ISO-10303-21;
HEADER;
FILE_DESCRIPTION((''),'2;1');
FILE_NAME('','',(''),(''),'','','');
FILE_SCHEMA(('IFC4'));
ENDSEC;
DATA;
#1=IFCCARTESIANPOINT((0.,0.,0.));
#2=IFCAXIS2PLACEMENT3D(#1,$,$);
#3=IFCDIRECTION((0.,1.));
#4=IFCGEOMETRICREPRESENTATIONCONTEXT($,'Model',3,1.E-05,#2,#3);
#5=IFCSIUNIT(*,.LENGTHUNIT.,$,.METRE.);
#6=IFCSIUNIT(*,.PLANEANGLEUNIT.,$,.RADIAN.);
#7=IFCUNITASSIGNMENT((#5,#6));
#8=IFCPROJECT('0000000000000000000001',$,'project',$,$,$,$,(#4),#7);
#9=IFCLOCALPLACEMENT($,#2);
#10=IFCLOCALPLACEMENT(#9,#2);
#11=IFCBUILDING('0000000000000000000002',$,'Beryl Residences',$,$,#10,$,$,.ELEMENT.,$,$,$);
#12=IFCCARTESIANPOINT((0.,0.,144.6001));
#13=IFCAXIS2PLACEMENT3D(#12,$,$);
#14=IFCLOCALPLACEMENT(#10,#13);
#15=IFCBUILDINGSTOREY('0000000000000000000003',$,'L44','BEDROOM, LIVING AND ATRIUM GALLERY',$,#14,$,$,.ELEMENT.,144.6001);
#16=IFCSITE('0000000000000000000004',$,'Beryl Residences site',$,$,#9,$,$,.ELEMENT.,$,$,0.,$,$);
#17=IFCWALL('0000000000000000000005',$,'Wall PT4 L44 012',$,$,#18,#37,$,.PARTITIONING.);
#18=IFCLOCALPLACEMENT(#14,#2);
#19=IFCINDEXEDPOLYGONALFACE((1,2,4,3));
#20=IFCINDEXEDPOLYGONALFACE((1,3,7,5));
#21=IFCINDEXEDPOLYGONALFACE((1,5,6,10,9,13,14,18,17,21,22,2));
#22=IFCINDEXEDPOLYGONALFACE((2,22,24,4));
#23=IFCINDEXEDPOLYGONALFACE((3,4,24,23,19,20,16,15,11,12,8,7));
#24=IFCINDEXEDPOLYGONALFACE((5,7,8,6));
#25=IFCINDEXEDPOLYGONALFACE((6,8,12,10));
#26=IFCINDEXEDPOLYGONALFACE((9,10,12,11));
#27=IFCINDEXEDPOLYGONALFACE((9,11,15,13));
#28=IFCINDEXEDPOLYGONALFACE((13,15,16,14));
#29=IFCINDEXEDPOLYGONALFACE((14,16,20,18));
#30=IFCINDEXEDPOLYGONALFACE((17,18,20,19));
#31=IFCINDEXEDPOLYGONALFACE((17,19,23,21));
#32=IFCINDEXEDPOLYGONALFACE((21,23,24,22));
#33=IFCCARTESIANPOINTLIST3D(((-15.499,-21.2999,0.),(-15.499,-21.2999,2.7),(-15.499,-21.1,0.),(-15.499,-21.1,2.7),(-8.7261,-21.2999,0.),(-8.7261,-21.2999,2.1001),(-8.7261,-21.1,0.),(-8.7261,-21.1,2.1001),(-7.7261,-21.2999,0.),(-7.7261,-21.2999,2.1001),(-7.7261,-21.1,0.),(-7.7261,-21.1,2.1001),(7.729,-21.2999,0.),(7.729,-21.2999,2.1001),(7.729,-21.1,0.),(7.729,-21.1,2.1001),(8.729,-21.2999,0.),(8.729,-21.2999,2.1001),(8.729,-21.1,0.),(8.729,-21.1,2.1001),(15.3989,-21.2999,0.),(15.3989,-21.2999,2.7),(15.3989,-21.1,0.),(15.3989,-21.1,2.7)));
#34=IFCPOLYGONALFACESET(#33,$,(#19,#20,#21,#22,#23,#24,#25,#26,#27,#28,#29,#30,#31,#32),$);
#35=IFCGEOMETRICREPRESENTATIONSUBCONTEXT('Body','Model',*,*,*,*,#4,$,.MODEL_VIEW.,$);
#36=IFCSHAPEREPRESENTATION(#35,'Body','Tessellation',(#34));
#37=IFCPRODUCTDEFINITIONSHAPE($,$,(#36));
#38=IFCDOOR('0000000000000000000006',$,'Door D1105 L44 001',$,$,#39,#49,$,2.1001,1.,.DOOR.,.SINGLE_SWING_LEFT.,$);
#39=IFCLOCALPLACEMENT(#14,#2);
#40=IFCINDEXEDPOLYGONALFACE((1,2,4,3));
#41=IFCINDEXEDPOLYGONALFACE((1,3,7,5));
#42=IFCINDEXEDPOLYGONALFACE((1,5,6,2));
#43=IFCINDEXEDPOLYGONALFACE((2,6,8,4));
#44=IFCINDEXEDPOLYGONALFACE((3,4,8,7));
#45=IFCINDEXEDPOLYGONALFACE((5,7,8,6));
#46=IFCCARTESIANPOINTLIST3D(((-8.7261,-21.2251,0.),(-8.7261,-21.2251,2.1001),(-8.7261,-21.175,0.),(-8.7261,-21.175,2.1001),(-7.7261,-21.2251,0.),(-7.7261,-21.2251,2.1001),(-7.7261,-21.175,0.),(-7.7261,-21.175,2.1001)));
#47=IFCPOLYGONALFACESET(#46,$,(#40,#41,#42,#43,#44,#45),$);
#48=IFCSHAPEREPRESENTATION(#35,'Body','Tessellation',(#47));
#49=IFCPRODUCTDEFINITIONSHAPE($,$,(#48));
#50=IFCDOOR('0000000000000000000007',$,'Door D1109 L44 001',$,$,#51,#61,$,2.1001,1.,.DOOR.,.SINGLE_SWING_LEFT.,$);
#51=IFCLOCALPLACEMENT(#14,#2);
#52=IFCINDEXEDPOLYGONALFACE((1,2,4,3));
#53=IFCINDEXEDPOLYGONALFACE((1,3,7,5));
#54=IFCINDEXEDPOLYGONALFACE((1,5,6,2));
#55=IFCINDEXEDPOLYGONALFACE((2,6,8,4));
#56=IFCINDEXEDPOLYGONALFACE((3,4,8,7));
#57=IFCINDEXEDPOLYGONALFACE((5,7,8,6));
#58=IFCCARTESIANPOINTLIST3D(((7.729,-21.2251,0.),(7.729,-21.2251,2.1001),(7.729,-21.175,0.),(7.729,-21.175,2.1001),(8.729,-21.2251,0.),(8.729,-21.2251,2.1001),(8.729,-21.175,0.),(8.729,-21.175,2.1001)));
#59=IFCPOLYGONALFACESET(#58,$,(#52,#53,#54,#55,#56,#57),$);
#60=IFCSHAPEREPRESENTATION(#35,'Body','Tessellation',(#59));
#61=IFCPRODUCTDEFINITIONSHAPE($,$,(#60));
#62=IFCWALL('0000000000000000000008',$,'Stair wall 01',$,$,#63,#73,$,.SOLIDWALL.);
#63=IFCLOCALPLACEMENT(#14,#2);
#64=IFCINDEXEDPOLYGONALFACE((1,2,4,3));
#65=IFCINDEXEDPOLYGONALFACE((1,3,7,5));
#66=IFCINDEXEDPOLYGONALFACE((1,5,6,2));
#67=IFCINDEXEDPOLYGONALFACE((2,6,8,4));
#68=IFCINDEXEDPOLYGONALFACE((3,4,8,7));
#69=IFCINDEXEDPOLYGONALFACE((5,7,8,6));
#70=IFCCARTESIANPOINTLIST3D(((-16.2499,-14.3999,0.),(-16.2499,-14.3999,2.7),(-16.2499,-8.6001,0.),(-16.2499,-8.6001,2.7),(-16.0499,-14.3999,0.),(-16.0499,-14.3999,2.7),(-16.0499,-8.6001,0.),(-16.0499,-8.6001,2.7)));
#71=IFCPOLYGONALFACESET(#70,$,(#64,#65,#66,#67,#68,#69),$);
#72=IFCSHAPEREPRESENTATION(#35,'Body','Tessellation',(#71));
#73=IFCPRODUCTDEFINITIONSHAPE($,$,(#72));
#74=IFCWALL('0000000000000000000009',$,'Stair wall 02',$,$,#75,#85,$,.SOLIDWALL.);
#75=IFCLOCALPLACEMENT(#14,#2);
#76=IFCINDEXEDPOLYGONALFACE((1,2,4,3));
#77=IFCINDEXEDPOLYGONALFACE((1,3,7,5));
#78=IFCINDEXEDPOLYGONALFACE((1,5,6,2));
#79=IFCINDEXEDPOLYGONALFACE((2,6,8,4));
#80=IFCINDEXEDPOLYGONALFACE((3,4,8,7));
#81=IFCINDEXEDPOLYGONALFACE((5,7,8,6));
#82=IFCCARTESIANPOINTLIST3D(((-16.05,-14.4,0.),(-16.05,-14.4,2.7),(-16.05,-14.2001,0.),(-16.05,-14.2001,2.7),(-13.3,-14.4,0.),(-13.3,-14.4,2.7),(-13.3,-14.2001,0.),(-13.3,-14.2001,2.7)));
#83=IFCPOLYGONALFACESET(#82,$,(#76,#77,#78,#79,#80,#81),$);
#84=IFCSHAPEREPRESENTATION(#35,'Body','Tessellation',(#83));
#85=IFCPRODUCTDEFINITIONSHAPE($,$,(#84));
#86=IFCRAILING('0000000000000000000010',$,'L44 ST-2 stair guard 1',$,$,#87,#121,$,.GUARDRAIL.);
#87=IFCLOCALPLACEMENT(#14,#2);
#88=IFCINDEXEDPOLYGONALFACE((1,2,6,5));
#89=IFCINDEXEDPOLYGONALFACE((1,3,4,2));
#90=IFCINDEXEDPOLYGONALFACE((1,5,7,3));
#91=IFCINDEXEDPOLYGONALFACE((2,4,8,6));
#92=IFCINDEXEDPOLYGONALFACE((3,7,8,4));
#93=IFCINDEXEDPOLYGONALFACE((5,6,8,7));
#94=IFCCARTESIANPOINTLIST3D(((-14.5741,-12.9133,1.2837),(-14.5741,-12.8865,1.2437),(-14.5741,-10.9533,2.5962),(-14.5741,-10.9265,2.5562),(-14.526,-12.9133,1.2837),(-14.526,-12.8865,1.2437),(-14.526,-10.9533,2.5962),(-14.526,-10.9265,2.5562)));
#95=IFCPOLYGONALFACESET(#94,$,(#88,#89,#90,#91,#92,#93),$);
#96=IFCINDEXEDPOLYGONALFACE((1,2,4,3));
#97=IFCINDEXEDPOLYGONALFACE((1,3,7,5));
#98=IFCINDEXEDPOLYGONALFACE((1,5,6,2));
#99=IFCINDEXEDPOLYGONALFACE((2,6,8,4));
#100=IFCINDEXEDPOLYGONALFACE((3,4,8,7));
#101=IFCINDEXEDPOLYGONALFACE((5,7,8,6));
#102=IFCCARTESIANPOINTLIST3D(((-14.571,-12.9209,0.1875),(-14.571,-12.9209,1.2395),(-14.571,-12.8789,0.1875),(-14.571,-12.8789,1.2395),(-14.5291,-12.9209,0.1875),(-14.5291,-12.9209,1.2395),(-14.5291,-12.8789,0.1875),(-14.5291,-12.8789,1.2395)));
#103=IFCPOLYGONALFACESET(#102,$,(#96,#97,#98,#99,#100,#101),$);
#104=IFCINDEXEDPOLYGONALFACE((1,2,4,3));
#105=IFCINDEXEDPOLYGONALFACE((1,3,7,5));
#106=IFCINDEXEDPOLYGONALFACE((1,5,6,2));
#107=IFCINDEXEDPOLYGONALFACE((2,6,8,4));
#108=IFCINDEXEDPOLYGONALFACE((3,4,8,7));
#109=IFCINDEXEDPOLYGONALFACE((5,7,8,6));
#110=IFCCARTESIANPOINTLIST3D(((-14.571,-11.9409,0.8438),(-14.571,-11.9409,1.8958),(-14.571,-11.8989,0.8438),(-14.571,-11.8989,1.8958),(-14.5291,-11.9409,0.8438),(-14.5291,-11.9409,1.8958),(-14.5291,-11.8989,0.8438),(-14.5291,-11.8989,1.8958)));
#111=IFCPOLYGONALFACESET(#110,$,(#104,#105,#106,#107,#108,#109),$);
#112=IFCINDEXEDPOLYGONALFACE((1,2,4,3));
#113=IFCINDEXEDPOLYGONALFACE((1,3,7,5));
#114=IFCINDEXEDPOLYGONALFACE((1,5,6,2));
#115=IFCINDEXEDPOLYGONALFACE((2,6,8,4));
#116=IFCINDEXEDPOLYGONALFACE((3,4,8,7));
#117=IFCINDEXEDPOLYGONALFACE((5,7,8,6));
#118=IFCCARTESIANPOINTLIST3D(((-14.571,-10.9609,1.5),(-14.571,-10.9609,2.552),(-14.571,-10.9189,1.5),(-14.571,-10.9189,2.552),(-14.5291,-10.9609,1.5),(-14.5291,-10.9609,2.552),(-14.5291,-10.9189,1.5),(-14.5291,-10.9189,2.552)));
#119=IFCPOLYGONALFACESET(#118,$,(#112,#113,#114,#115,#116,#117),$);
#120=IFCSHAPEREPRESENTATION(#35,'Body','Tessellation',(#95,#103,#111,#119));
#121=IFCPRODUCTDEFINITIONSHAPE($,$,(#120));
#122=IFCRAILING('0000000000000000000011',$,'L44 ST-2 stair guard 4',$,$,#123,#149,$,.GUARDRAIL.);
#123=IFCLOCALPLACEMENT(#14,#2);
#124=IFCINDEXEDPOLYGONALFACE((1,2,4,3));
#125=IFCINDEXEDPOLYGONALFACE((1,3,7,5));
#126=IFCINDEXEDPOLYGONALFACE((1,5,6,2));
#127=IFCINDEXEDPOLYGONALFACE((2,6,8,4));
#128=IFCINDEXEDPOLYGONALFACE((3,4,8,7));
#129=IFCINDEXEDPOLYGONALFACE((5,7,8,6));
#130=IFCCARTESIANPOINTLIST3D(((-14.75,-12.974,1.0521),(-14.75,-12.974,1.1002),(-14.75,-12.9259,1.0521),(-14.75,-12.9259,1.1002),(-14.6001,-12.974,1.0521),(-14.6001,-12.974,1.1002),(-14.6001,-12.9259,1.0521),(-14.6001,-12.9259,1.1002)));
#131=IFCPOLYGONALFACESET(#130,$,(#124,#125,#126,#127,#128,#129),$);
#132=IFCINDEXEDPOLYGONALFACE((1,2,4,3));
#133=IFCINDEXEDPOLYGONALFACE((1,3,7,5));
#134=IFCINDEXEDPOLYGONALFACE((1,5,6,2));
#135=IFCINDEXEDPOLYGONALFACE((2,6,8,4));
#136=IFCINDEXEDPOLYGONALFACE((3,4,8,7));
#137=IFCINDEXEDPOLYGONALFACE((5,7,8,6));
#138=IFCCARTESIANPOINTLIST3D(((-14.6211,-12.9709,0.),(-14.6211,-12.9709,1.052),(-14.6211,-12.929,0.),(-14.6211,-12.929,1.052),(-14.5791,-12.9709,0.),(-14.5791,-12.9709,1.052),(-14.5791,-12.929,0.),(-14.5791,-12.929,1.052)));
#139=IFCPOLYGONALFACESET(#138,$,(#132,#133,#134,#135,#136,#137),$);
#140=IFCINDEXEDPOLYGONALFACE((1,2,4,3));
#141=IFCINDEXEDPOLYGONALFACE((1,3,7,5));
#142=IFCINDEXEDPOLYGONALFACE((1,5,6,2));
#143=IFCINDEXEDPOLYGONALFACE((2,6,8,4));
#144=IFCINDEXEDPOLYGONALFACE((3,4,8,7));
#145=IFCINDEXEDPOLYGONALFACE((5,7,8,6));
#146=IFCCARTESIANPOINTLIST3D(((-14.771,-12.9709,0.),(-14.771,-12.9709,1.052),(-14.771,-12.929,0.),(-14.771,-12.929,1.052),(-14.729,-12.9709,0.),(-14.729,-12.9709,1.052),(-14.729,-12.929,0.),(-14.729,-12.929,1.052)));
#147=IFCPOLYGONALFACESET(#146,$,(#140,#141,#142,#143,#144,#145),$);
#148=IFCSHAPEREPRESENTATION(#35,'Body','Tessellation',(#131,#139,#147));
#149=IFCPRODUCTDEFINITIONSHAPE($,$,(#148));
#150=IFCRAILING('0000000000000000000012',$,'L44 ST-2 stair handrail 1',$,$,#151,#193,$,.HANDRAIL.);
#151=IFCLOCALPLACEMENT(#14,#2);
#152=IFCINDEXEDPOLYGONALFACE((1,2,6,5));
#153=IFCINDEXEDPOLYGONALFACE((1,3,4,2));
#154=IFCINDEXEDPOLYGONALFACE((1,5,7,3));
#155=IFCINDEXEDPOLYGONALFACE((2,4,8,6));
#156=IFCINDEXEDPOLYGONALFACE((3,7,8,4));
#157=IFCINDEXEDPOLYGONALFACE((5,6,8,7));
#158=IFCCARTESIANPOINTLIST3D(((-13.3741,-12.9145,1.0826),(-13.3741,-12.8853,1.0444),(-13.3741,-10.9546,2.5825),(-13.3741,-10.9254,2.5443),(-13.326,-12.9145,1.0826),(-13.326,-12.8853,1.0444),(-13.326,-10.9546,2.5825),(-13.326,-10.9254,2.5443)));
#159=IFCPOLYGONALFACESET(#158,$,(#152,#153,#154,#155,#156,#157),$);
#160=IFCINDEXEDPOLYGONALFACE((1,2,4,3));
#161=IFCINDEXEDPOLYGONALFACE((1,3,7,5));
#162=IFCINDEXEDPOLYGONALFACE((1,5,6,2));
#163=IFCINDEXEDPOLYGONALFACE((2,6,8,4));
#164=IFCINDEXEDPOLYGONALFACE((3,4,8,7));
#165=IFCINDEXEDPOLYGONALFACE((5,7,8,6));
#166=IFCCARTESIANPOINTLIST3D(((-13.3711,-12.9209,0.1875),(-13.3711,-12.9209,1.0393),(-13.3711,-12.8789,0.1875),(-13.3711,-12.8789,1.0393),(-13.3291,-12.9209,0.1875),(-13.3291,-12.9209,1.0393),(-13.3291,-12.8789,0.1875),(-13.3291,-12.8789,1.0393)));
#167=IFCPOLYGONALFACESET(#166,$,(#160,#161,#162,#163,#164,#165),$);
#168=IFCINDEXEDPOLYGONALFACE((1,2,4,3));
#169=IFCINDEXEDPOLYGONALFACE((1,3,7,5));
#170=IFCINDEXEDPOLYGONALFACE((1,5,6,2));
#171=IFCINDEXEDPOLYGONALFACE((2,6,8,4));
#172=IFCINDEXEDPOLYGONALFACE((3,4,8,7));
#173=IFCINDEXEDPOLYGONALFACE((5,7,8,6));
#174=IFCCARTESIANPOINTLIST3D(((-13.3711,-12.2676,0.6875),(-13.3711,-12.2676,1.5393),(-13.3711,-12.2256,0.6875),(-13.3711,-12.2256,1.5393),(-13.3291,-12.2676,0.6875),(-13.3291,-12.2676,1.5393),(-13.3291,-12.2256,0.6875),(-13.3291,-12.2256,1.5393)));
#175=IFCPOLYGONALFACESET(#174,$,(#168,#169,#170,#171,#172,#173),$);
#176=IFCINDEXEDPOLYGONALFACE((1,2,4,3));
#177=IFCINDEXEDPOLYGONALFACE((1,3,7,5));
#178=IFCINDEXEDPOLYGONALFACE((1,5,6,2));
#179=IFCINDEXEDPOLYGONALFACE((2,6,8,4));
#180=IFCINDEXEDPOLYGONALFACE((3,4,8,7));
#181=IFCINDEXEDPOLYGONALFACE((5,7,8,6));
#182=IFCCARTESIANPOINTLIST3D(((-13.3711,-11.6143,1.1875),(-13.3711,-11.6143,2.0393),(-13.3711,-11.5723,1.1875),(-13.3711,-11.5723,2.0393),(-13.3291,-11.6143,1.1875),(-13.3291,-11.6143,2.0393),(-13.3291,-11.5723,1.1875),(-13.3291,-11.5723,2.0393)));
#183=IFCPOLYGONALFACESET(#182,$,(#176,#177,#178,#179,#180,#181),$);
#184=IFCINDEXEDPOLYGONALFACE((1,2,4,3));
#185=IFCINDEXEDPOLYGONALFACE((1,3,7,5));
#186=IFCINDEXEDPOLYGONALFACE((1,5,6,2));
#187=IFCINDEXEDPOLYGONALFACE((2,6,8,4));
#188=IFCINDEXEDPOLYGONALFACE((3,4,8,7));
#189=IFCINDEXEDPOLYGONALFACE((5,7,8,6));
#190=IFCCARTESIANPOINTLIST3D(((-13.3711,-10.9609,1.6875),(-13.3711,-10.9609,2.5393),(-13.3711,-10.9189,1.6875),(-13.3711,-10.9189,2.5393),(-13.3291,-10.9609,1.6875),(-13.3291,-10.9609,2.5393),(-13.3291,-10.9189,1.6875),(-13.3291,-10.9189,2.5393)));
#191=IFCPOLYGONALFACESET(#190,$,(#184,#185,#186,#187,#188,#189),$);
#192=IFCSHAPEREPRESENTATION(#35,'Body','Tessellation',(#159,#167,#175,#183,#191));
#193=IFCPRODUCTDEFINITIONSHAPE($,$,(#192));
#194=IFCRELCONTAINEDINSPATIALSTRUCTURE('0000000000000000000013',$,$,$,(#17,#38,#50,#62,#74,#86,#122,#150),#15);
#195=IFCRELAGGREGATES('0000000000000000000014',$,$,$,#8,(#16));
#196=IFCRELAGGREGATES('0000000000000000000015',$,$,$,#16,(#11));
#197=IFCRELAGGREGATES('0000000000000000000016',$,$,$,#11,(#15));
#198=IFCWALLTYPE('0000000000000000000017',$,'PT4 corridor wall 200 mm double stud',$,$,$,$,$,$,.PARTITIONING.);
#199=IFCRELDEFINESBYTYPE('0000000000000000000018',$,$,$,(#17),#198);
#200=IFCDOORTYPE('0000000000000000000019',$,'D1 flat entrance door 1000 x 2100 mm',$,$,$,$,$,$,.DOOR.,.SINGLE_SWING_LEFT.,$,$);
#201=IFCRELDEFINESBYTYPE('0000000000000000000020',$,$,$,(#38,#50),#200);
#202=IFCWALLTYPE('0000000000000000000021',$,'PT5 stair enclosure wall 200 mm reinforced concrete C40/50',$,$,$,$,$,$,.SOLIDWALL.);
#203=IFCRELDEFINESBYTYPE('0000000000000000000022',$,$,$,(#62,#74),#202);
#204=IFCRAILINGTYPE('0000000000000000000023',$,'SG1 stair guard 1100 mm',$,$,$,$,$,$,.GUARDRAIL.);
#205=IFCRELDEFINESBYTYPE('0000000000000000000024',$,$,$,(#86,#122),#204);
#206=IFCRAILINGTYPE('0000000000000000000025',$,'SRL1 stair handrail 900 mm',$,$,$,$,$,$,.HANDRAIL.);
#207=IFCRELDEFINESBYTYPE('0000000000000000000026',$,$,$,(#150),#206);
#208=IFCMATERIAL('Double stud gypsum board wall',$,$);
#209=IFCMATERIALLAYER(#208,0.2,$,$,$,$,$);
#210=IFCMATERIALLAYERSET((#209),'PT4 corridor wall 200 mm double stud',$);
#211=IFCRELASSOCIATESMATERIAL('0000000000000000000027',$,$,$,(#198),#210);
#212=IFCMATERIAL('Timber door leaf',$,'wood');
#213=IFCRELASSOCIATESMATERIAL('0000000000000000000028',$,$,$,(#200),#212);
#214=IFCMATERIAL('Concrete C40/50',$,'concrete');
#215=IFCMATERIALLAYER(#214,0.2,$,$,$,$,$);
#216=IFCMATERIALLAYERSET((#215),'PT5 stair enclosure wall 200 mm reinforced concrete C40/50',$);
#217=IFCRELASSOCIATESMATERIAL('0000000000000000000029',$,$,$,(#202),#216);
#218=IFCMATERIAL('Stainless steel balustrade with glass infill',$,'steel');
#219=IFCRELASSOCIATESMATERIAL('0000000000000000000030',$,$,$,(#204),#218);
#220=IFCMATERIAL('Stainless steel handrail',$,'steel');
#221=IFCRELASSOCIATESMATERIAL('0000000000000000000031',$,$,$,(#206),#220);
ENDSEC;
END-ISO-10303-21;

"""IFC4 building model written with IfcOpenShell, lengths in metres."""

from ifc_helpers import new_model, si_unit, direction, frame, frame_2d, origin, origin_2d, place, context, subcontext, project, spatial, rectangle, extrude, material, layer, layer_set, type_object, element, fill, save


model = new_model("IFC4")

# Units and contexts
model_context = context("Model", 3, precision=1e-05, world=origin(), true_north=direction((0.0, 1.0)))
body_context = subcontext(model_context, "Body", "Model", "MODEL_VIEW")
ifc_project = project(units=[si_unit("LENGTHUNIT", "METRE"), si_unit("PLANEANGLEUNIT", "RADIAN")], contexts=[model_context])

# Site, building, storey
site_placement = place(None, origin())
site = spatial("IfcSite", under=ifc_project, at=site_placement, Name="Beryl Residences site", CompositionType="ELEMENT", RefElevation=0.0)
building_placement = place(site_placement, origin())
building = spatial("IfcBuilding", under=site, at=building_placement, Name="Beryl Residences", CompositionType="ELEMENT")
storey_placement = place(building_placement, frame((0.0, 0.0, 144.6001)))
storey = spatial("IfcBuildingStorey", under=building, at=storey_placement, Name="L44", Description="BEDROOM, LIVING AND ATRIUM GALLERY", CompositionType="ELEMENT", Elevation=144.6001)

# Shared definitions
ifc_material_1 = material(Name="Double stud gypsum board wall")
ifc_layer_1 = layer(ifc_material_1, 0.2)
ifc_layer_set_1 = layer_set([ifc_layer_1], Name="PT4 corridor wall 200 mm double stud")
wall_type_1 = type_object("IfcWallType", Name="PT4 corridor wall 200 mm double stud", PredefinedType="PARTITIONING", material=ifc_layer_set_1)

# Wall, openings, doors
wall_1_placement = place(storey_placement, frame((-15.499, -21.2, 0.0), z_axis=(0.0, 0.0, 1.0), x_axis=(1.0, 0.0, 0.0)))
wall_1 = element("IfcWall", 1, at=wall_1_placement, inside=storey, type_object=wall_type_1, Name="Wall PT4 L44 012", PredefinedType="PARTITIONING", context=body_context, shape_type="SweptSolid", body=[
    extrude(rectangle(XDim=30.8979, YDim=0.2, at=frame_2d((15.449, 0.0))), origin(), (0.0, 0.0, 1.0), 2.7),
])
opening_1_placement = place(wall_1_placement, frame((6.7729, 0.0, 0.0)))
opening_1 = element("IfcOpeningElement", 2, at=opening_1_placement, cuts=wall_1, PredefinedType="OPENING", context=body_context, shape_type="SweptSolid", body=[
    extrude(rectangle(XDim=1.0, YDim=2.1001, at=frame_2d((0.5, 1.05))), frame((0.0, 0.1099, 0.0), z_axis=(0.0, -1.0, 0.0), x_axis=(1.0, 0.0, 0.0)), (0.0, 0.0, 1.0), 0.22),
])
opening_2_placement = place(wall_1_placement, frame((23.228, 0.0, 0.0)))
opening_2 = element("IfcOpeningElement", 3, at=opening_2_placement, cuts=wall_1, PredefinedType="OPENING", context=body_context, shape_type="SweptSolid", body=[
    extrude(rectangle(XDim=1.0, YDim=2.1001, at=frame_2d((0.5, 1.05))), frame((0.0, 0.1099, 0.0), z_axis=(0.0, -1.0, 0.0), x_axis=(1.0, 0.0, 0.0)), (0.0, 0.0, 1.0), 0.22),
])
ifc_material_2 = material(Name="Timber door leaf", Category="wood")
door_type = type_object("IfcDoorType", Name="D1 flat entrance door 1000 x 2100 mm", OperationType="SINGLE_SWING_LEFT", PredefinedType="DOOR", material=ifc_material_2)
door_1_placement = place(opening_1_placement, origin())
door_1 = element("IfcDoor", 4, at=door_1_placement, inside=storey, type_object=door_type, Name="Door D1105 L44 001", OperationType="SINGLE_SWING_LEFT", OverallHeight=2.1001, OverallWidth=1.0, PredefinedType="DOOR", context=body_context, shape_type="SweptSolid", body=[
    extrude(rectangle(XDim=1.0, YDim=2.1001, at=frame_2d((0.5, 1.05))), frame((0.0, 0.0249, 0.0), z_axis=(0.0, -1.0, 0.0), x_axis=(1.0, 0.0, 0.0)), (0.0, 0.0, 1.0), 0.05),
])
fill(opening_1, door_1)
door_2_placement = place(opening_2_placement, origin())
door_2 = element("IfcDoor", 5, at=door_2_placement, inside=storey, type_object=door_type, Name="Door D1109 L44 001", OperationType="SINGLE_SWING_LEFT", OverallHeight=2.1001, OverallWidth=1.0, PredefinedType="DOOR", context=body_context, shape_type="SweptSolid", body=[
    extrude(rectangle(XDim=1.0, YDim=2.1001, at=frame_2d((0.5, 1.05))), frame((0.0, 0.0249, 0.0), z_axis=(0.0, -1.0, 0.0), x_axis=(1.0, 0.0, 0.0)), (0.0, 0.0, 1.0), 0.05),
])
fill(opening_2, door_2)

# Walls
ifc_material_3 = material(Name="Concrete C40/50", Category="concrete")
ifc_layer_2 = layer(ifc_material_3, 0.2)
ifc_layer_set_2 = layer_set([ifc_layer_2], Name="PT5 stair enclosure wall 200 mm reinforced concrete C40/50")
wall_type_2 = type_object("IfcWallType", Name="PT5 stair enclosure wall 200 mm reinforced concrete C40/50", PredefinedType="SOLIDWALL", material=ifc_layer_set_2)
wall_2_placement = place(storey_placement, frame((-16.1499, -14.3999, 0.0), z_axis=(0.0, 0.0, 1.0), x_axis=(0.0, 1.0, 0.0)))
element("IfcWall", 6, at=wall_2_placement, inside=storey, type_object=wall_type_2, Name="Stair wall 01", PredefinedType="SOLIDWALL", context=body_context, shape_type="SweptSolid", body=[
    extrude(rectangle(XDim=5.7998, YDim=0.2, at=frame_2d((2.8999, 0.0))), origin(), (0.0, 0.0, 1.0), 2.7),
])
wall_3_placement = place(storey_placement, frame((-16.05, -14.3, 0.0), z_axis=(0.0, 0.0, 1.0), x_axis=(1.0, 0.0, 0.0)))
element("IfcWall", 7, at=wall_3_placement, inside=storey, type_object=wall_type_2, Name="Stair wall 02", PredefinedType="SOLIDWALL", context=body_context, shape_type="SweptSolid", body=[
    extrude(rectangle(XDim=2.75, YDim=0.2, at=frame_2d((1.375, 0.0))), origin(), (0.0, 0.0, 1.0), 2.7),
])

# Railings
ifc_material_4 = material(Name="Stainless steel balustrade with glass infill", Category="steel")
railing_type_1 = type_object("IfcRailingType", Name="SG1 stair guard 1100 mm", PredefinedType="GUARDRAIL", material=ifc_material_4)
railing_1_placement = place(storey_placement, frame((-14.55, -12.8999, 0.1875)))
element("IfcRailing", 8, at=railing_1_placement, inside=storey, type_object=railing_type_1, Name="L44 ST-2 stair guard 1", PredefinedType="GUARDRAIL", context=body_context, shape_type="SweptSolid", body=[
    extrude(rectangle(XDim=0.0481, YDim=0.0481, at=origin_2d()), frame((0.0, 0.0, 1.0762), z_axis=(0.0, 0.830902, 0.556419), x_axis=(-1.0, 0.0, 0.0)), (0.0, 0.0, 1.0), 2.3589),
    extrude(rectangle(XDim=0.042, YDim=0.042, at=origin_2d()), origin(), (0.0, 0.0, 1.0), 1.052),
    extrude(rectangle(XDim=0.042, YDim=0.042, at=origin_2d()), frame((0.0, 0.98, 0.6562)), (0.0, 0.0, 1.0), 1.052),
    extrude(rectangle(XDim=0.042, YDim=0.042, at=origin_2d()), frame((0.0, 1.96, 1.3125)), (0.0, 0.0, 1.0), 1.052),
])
railing_2_placement = place(storey_placement, frame((-14.6001, -12.95, 0.0)))
element("IfcRailing", 9, at=railing_2_placement, inside=storey, type_object=railing_type_1, Name="L44 ST-2 stair guard 4", PredefinedType="GUARDRAIL", context=body_context, shape_type="SweptSolid", body=[
    extrude(rectangle(XDim=0.0481, YDim=0.0481, at=origin_2d()), frame((0.0, 0.0, 1.0762), z_axis=(-1.0, 0.0, 0.0), x_axis=(0.0, -1.0, 0.0)), (0.0, 0.0, 1.0), 0.1499),
    extrude(rectangle(XDim=0.042, YDim=0.042, at=origin_2d()), origin(), (0.0, 0.0, 1.0), 1.052),
    extrude(rectangle(XDim=0.042, YDim=0.042, at=origin_2d()), frame((-0.1499, 0.0, 0.0)), (0.0, 0.0, 1.0), 1.052),
])
ifc_material_5 = material(Name="Stainless steel handrail", Category="steel")
railing_type_2 = type_object("IfcRailingType", Name="SRL1 stair handrail 900 mm", PredefinedType="HANDRAIL", material=ifc_material_5)
railing_3_placement = place(storey_placement, frame((-13.3501, -12.8999, 0.1875)))
element("IfcRailing", 10, at=railing_3_placement, inside=storey, type_object=railing_type_2, Name="L44 ST-2 stair handrail 1", PredefinedType="HANDRAIL", context=body_context, shape_type="SweptSolid", body=[
    extrude(rectangle(XDim=0.0481, YDim=0.0481, at=origin_2d()), frame((0.0, 0.0, 0.876), z_axis=(0.0, 0.794122, 0.607758), x_axis=(-1.0, 0.0, 0.0)), (0.0, 0.0, 1.0), 2.468),
    extrude(rectangle(XDim=0.042, YDim=0.042, at=origin_2d()), origin(), (0.0, 0.0, 1.0), 0.8518),
    extrude(rectangle(XDim=0.042, YDim=0.042, at=origin_2d()), frame((0.0, 0.6533, 0.5)), (0.0, 0.0, 1.0), 0.8518),
    extrude(rectangle(XDim=0.042, YDim=0.042, at=origin_2d()), frame((0.0, 1.3066, 1.0)), (0.0, 0.0, 1.0), 0.8518),
    extrude(rectangle(XDim=0.042, YDim=0.042, at=origin_2d()), frame((0.0, 1.96, 1.5)), (0.0, 0.0, 1.0), 0.8518),
])

save(model, "model.ifc")
